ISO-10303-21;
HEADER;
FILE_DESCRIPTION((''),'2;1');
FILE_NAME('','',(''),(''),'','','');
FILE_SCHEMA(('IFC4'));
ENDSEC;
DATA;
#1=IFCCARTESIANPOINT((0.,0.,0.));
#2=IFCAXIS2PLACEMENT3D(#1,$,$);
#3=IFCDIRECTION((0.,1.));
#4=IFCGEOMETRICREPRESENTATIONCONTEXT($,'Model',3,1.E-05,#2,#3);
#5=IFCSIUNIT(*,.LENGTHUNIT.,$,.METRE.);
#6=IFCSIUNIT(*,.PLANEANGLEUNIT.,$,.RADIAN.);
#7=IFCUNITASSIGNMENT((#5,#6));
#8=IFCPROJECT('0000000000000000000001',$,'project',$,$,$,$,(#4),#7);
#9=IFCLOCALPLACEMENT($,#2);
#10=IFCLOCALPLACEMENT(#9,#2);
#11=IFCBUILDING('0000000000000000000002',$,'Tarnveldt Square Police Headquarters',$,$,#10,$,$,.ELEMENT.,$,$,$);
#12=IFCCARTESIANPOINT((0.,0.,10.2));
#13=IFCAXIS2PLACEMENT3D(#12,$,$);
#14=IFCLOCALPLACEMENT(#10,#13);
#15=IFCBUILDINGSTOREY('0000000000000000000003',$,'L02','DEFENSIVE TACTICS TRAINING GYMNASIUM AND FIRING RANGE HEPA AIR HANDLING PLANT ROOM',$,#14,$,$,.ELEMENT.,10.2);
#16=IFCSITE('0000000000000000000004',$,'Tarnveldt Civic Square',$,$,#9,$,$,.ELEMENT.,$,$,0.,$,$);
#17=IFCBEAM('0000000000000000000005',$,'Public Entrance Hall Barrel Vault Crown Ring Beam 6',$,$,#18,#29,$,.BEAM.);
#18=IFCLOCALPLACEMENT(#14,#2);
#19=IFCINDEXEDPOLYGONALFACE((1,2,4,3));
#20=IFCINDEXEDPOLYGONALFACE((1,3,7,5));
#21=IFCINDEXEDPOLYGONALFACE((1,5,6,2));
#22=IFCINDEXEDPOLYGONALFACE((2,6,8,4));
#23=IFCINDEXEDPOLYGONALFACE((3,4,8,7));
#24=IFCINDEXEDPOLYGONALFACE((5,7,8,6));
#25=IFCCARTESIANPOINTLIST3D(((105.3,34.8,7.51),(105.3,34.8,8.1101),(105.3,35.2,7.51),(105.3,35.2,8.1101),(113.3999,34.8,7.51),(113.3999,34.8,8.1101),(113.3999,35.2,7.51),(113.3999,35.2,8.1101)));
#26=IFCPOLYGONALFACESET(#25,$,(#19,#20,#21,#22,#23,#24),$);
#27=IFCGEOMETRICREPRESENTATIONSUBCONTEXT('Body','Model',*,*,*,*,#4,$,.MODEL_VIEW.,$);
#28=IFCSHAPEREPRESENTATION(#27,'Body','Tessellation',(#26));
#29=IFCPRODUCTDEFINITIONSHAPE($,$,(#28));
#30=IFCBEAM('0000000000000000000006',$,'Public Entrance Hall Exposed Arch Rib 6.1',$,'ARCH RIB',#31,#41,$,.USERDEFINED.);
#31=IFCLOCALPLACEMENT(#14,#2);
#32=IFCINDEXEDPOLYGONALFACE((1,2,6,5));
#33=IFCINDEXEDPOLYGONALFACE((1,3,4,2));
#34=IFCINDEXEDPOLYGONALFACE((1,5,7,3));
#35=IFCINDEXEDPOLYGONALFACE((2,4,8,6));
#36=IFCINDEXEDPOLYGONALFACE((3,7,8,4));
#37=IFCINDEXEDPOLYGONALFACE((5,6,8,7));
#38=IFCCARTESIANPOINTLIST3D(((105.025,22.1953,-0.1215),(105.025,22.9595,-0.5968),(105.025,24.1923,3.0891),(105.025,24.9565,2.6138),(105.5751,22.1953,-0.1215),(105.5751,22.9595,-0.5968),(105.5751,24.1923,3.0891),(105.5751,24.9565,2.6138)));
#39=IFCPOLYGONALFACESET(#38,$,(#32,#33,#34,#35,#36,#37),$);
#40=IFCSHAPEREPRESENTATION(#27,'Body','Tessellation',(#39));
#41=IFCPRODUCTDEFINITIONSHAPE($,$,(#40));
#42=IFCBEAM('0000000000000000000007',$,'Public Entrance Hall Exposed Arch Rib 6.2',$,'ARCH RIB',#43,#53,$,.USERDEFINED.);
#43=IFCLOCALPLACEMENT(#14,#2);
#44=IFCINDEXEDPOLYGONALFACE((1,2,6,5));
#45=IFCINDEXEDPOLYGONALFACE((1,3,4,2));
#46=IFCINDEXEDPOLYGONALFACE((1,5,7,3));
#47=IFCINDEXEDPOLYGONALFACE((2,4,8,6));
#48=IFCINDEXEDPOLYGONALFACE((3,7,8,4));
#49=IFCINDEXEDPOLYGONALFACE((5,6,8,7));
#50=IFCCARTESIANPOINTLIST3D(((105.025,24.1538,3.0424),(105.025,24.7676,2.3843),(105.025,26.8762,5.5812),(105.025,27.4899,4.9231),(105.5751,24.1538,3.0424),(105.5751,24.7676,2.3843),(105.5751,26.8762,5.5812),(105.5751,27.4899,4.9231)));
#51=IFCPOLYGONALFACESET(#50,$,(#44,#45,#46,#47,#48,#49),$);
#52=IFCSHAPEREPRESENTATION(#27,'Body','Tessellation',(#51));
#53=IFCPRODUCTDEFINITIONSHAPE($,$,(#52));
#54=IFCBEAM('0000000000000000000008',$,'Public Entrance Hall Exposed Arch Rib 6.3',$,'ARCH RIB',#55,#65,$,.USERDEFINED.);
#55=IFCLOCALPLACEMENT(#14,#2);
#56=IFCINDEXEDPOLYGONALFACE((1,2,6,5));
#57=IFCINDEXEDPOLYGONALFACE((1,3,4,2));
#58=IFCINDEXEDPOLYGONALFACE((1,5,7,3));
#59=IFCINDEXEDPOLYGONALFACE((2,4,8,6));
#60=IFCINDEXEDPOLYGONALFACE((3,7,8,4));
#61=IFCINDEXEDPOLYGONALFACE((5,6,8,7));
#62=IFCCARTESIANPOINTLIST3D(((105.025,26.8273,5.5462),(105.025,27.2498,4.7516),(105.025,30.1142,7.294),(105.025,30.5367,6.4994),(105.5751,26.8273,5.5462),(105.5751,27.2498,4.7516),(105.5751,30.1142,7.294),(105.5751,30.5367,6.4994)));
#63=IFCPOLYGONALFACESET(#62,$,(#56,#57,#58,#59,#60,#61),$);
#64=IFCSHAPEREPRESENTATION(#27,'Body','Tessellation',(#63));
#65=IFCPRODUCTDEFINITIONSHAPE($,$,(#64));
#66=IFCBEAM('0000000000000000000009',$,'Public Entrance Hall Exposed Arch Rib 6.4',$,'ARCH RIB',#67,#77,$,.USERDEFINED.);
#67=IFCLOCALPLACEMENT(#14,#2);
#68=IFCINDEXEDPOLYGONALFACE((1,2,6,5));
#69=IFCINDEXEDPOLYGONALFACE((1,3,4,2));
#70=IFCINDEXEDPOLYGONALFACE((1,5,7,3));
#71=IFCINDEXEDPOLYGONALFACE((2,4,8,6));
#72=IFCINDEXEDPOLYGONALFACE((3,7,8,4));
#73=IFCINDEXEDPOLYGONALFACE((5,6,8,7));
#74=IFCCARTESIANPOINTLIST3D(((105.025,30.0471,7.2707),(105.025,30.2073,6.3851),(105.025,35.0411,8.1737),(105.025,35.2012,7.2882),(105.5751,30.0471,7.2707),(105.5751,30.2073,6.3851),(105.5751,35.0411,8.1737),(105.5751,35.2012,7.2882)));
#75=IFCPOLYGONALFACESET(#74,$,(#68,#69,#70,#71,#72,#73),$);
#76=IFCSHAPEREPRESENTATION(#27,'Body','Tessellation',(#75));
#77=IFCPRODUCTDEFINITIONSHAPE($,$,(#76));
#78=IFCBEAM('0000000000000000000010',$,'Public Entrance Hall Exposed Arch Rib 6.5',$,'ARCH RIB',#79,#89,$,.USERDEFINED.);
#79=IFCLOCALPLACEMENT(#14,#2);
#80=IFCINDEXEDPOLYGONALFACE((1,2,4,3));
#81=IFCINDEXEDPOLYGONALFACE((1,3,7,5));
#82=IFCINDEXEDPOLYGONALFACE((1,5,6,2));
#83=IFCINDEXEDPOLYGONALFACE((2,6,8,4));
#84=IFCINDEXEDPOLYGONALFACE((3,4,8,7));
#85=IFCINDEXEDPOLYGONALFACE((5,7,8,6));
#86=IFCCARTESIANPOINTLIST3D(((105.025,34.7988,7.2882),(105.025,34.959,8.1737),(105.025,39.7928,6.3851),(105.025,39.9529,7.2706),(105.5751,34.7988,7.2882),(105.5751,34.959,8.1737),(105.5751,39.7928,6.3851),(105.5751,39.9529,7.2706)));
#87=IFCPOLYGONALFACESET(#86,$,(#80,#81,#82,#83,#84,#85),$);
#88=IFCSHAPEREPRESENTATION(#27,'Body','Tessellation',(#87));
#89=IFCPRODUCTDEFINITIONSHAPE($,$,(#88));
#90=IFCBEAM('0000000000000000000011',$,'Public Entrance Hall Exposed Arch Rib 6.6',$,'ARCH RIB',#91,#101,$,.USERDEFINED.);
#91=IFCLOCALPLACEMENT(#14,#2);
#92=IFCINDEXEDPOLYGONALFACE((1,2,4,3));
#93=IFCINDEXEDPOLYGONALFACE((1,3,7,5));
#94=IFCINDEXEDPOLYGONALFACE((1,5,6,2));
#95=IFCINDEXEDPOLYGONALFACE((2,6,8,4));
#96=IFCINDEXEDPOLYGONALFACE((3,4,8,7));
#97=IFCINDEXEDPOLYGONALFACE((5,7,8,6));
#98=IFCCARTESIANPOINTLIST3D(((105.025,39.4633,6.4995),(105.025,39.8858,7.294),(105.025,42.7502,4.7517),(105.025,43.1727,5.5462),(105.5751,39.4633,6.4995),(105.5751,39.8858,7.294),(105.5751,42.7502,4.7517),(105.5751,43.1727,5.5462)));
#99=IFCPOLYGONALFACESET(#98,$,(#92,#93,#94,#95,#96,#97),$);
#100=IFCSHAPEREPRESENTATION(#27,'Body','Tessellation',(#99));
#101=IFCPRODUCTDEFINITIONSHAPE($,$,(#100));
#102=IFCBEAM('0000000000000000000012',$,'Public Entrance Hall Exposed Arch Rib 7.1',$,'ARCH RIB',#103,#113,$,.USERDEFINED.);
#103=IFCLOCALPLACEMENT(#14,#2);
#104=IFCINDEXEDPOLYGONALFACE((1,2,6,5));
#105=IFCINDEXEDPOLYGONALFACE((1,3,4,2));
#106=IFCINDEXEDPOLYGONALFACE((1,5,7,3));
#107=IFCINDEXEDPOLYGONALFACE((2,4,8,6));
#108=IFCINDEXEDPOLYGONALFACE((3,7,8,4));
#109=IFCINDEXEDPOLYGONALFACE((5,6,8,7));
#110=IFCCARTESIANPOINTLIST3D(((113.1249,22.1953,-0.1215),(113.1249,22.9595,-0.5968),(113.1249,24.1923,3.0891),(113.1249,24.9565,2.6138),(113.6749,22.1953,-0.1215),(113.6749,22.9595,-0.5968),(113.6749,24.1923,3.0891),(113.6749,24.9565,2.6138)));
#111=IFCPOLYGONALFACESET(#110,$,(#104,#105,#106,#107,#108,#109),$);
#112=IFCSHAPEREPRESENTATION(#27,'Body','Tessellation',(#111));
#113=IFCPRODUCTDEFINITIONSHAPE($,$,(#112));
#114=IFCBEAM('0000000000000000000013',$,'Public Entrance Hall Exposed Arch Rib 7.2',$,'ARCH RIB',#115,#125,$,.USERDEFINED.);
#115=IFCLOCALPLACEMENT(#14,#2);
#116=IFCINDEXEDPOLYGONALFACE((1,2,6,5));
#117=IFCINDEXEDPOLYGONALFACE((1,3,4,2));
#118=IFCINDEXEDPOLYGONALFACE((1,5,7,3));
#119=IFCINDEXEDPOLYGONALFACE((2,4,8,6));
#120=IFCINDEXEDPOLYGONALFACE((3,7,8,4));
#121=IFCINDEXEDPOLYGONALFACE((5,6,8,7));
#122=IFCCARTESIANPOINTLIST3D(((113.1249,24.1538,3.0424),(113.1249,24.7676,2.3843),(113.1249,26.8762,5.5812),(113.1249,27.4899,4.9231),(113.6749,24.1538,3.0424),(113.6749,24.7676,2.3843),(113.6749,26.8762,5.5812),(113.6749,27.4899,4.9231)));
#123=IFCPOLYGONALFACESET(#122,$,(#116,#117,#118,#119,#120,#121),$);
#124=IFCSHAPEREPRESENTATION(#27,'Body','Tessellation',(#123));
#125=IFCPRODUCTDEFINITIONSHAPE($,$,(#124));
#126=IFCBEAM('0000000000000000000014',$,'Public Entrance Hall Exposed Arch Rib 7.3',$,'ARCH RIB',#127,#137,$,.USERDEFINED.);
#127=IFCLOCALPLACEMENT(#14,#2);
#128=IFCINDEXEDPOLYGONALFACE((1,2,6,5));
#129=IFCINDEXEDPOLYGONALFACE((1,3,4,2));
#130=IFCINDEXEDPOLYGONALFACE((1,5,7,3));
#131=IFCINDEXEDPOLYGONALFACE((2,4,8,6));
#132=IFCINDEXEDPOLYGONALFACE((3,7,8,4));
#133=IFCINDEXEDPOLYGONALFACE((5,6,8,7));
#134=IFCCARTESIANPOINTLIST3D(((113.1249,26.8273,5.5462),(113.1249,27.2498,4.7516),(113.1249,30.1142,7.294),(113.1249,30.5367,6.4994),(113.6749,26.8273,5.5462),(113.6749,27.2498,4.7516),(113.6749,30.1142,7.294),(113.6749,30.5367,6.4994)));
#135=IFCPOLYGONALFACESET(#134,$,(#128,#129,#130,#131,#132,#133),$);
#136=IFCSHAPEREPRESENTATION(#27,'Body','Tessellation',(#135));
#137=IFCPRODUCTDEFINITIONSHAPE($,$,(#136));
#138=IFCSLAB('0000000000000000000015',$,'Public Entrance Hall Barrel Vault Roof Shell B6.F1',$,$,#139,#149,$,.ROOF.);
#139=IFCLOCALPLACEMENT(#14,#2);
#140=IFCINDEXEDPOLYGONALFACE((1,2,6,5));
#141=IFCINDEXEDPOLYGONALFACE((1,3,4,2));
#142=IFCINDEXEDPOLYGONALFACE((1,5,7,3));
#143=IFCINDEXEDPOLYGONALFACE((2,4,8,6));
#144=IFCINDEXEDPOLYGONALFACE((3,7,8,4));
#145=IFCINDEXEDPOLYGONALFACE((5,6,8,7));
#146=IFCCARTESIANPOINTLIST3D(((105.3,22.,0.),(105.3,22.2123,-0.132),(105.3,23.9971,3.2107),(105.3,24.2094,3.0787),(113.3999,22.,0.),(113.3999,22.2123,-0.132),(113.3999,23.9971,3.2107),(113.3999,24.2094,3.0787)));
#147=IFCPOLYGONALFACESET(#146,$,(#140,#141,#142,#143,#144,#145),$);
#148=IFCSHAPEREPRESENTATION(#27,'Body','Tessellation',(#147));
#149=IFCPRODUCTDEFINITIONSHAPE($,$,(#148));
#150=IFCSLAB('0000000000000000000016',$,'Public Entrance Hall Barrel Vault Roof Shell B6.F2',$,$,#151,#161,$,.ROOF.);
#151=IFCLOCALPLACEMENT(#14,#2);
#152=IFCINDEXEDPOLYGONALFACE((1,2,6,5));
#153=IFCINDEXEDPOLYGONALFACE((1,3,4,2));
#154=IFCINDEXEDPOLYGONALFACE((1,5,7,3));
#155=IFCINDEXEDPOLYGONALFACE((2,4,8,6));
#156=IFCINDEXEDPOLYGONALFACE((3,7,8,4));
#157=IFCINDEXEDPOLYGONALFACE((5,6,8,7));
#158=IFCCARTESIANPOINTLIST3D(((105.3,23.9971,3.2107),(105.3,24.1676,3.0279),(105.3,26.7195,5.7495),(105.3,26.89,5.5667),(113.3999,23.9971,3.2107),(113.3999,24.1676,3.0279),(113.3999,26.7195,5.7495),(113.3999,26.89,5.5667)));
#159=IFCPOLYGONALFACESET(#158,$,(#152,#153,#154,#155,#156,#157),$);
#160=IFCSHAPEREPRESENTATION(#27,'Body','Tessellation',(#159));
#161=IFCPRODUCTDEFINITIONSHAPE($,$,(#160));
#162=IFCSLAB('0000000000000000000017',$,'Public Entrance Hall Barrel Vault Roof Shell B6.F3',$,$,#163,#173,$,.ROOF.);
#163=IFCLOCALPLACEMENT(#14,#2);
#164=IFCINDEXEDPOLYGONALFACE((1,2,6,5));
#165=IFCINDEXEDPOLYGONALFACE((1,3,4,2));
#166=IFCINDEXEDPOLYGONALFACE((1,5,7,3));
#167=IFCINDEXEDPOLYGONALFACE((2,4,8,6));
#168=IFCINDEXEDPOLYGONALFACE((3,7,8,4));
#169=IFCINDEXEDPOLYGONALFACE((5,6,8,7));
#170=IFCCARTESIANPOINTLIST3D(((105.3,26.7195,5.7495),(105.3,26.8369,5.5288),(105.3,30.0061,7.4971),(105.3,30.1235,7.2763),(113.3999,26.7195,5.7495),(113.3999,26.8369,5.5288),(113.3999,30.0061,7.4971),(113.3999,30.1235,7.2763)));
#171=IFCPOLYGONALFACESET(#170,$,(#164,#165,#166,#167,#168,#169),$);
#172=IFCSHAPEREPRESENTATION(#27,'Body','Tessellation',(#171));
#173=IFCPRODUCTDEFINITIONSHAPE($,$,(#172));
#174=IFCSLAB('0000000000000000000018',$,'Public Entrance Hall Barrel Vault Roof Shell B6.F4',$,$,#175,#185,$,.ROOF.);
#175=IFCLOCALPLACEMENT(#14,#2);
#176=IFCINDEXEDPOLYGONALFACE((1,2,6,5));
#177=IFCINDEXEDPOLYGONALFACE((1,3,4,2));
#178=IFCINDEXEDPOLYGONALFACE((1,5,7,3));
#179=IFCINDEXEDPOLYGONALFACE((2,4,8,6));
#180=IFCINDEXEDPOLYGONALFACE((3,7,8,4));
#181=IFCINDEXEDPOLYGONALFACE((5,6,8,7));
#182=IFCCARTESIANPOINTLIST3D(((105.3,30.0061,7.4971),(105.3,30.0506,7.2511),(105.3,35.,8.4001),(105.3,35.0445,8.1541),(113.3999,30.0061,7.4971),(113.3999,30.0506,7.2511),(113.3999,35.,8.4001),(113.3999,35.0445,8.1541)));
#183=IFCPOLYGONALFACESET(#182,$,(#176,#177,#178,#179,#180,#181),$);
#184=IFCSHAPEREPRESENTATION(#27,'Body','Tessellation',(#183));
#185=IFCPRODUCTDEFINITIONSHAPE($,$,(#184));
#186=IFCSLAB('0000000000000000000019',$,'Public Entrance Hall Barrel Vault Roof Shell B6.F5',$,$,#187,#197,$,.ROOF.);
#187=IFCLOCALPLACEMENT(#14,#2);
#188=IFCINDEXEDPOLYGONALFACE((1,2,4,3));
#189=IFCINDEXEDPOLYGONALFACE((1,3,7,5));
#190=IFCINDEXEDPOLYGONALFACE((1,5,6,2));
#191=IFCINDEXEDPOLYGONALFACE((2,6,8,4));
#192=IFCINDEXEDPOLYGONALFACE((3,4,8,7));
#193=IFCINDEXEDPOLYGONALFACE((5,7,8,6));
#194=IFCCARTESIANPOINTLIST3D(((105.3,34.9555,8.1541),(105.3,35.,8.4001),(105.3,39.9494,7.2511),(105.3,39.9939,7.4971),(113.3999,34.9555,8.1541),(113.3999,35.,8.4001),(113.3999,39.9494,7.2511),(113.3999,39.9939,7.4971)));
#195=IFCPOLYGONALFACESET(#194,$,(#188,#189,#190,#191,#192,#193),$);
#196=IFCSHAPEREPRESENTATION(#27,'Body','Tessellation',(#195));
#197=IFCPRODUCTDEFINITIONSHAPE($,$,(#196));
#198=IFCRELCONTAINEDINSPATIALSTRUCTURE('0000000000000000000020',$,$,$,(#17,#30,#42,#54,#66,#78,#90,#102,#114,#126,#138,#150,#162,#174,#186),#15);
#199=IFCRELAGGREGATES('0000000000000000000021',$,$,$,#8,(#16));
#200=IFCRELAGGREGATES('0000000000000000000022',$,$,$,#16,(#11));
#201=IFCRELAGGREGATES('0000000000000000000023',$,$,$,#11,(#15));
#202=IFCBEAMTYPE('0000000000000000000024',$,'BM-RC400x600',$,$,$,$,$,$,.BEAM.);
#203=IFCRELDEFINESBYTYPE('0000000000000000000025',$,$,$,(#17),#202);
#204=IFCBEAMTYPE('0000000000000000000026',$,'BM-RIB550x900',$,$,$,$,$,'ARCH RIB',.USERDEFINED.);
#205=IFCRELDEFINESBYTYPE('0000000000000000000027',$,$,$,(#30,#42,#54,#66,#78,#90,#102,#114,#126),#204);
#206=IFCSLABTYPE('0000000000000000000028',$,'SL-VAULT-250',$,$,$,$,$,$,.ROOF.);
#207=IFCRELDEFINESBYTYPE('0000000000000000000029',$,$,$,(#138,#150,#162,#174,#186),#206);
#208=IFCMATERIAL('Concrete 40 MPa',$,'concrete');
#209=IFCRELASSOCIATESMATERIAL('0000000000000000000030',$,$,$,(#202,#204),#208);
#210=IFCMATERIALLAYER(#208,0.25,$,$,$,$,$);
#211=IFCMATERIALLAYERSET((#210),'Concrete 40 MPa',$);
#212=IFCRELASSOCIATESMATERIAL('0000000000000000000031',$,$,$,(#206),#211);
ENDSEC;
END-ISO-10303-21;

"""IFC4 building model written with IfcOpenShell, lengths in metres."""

from ifc_helpers import new_model, si_unit, direction, frame, origin, origin_2d, place, context, subcontext, project, spatial, polyline, rectangle, outline, extrude, material, layer, layer_set, material_profile, profile_set, type_object, element, save


model = new_model("IFC4")

# Units and contexts
model_context = context("Model", 3, precision=1e-05, world=origin(), true_north=direction((0.0, 1.0)))
body_context = subcontext(model_context, "Body", "Model", "MODEL_VIEW")
ifc_project = project(units=[si_unit("LENGTHUNIT", "METRE"), si_unit("PLANEANGLEUNIT", "RADIAN")], contexts=[model_context])

# Site, building, storey
site_placement = place(None, origin())
site = spatial("IfcSite", under=ifc_project, at=site_placement, Name="Tarnveldt Civic Square", CompositionType="ELEMENT", RefElevation=0.0)
building_placement = place(site_placement, origin())
building = spatial("IfcBuilding", under=site, at=building_placement, Name="Tarnveldt Square Police Headquarters", CompositionType="ELEMENT")
storey_placement = place(building_placement, frame((0.0, 0.0, 10.2)))
storey = spatial("IfcBuildingStorey", under=building, at=storey_placement, Name="L02", Description="DEFENSIVE TACTICS TRAINING GYMNASIUM AND FIRING RANGE HEPA AIR HANDLING PLANT ROOM", CompositionType="ELEMENT", Elevation=10.2)

# Beams
ifc_material = material(Name="Concrete 40 MPa", Category="concrete")
ifc_material_profile_1 = material_profile(ifc_material, rectangle(XDim=0.3999, YDim=0.6001, at=origin_2d()), Name="RC-B400x600")
ifc_profile_set_1 = profile_set([ifc_material_profile_1], Name="Concrete 40 MPa")
beam_type_1 = type_object("IfcBeamType", Name="BM-RC400x600", PredefinedType="BEAM", material=ifc_profile_set_1)
beam_1_placement = place(storey_placement, frame((105.3, 35.0, 7.8101), z_axis=(1.0, 0.0, 0.0), x_axis=(0.0, 1.0, 0.0)))
element("IfcBeam", 1, at=beam_1_placement, inside=storey, type_object=beam_type_1, Name="Public Entrance Hall Barrel Vault Crown Ring Beam 6", PredefinedType="BEAM", context=body_context, shape_type="SweptSolid", body=[
    extrude(rectangle(XDim=0.3999, YDim=0.6001, at=origin_2d()), origin(), (0.0, 0.0, 1.0), 8.0999),
])
ifc_material_profile_2 = material_profile(ifc_material, rectangle(XDim=0.55, YDim=0.8999, at=origin_2d()), Name="RC-RIB550x900")
ifc_profile_set_2 = profile_set([ifc_material_profile_2], Name="Concrete 40 MPa")
beam_type_2 = type_object("IfcBeamType", Name="BM-RIB550x900", ElementType="ARCH RIB", PredefinedType="USERDEFINED", material=ifc_profile_set_2)
beam_2_placement = place(storey_placement, frame((105.3, 22.5774, -0.3591), z_axis=(0.0, 0.528169, 0.849139), x_axis=(-1.0, 0.0, 0.0)))
element("IfcBeam", 2, at=beam_2_placement, inside=storey, type_object=beam_type_2, Name="Public Entrance Hall Exposed Arch Rib 6.1", ObjectType="ARCH RIB", PredefinedType="USERDEFINED", context=body_context, shape_type="SweptSolid", body=[
    extrude(rectangle(XDim=0.55, YDim=0.8999, at=origin_2d()), origin(), (0.0, 0.0, 1.0), 3.781),
])
beam_3_placement = place(storey_placement, frame((105.3, 24.4607, 2.7134), z_axis=(0.0, 0.731337, 0.682017), x_axis=(-1.0, 0.0, 0.0)))
element("IfcBeam", 3, at=beam_3_placement, inside=storey, type_object=beam_type_2, Name="Public Entrance Hall Exposed Arch Rib 6.2", ObjectType="ARCH RIB", PredefinedType="USERDEFINED", context=body_context, shape_type="SweptSolid", body=[
    extrude(rectangle(XDim=0.55, YDim=0.8999, at=origin_2d()), origin(), (0.0, 0.0, 1.0), 3.7224),
])
beam_4_placement = place(storey_placement, frame((105.3, 27.0386, 5.1489), z_axis=(0.0, 0.882931, 0.469502), x_axis=(-1.0, 0.0, 0.0)))
element("IfcBeam", 4, at=beam_4_placement, inside=storey, type_object=beam_type_2, Name="Public Entrance Hall Exposed Arch Rib 6.3", ObjectType="ARCH RIB", PredefinedType="USERDEFINED", context=body_context, shape_type="SweptSolid", body=[
    extrude(rectangle(XDim=0.55, YDim=0.8999, at=origin_2d()), origin(), (0.0, 0.0, 1.0), 3.7227),
])
for number, where, z_axis, x_axis, name in (
    (5, (105.3, 30.1272, 6.8279), (0.0, 0.98404, 0.17795), (-1.0, 0.0, 0.0), "Public Entrance Hall Exposed Arch Rib 6.4"),
    (6, (105.3, 34.8789, 7.731), (0.0, 0.98404, -0.17795), (-1.0, 0.0, 0.0), "Public Entrance Hall Exposed Arch Rib 6.5"),
):
    element("IfcBeam", number, at=place(storey_placement, frame(where, z_axis=z_axis, x_axis=x_axis)), inside=storey, type_object=beam_type_2, Name=name, ObjectType="ARCH RIB", PredefinedType="USERDEFINED", context=body_context, shape_type="SweptSolid", body=[
        extrude(rectangle(XDim=0.55, YDim=0.8999, at=origin_2d()), origin(), (0.0, 0.0, 1.0), 5.075),
    ])
beam_5_placement = place(storey_placement, frame((105.3, 39.6746, 6.8967), z_axis=(0.0, 0.882931, -0.469502), x_axis=(-1.0, 0.0, 0.0)))
element("IfcBeam", 7, at=beam_5_placement, inside=storey, type_object=beam_type_2, Name="Public Entrance Hall Exposed Arch Rib 6.6", ObjectType="ARCH RIB", PredefinedType="USERDEFINED", context=body_context, shape_type="SweptSolid", body=[
    extrude(rectangle(XDim=0.55, YDim=0.8999, at=origin_2d()), origin(), (0.0, 0.0, 1.0), 3.7227),
])
beam_6_placement = place(storey_placement, frame((113.3999, 22.5774, -0.3591), z_axis=(0.0, 0.528169, 0.849139), x_axis=(-1.0, 0.0, 0.0)))
element("IfcBeam", 8, at=beam_6_placement, inside=storey, type_object=beam_type_2, Name="Public Entrance Hall Exposed Arch Rib 7.1", ObjectType="ARCH RIB", PredefinedType="USERDEFINED", context=body_context, shape_type="SweptSolid", body=[
    extrude(rectangle(XDim=0.55, YDim=0.8999, at=origin_2d()), origin(), (0.0, 0.0, 1.0), 3.781),
])
beam_7_placement = place(storey_placement, frame((113.3999, 24.4607, 2.7134), z_axis=(0.0, 0.731337, 0.682017), x_axis=(-1.0, 0.0, 0.0)))
element("IfcBeam", 9, at=beam_7_placement, inside=storey, type_object=beam_type_2, Name="Public Entrance Hall Exposed Arch Rib 7.2", ObjectType="ARCH RIB", PredefinedType="USERDEFINED", context=body_context, shape_type="SweptSolid", body=[
    extrude(rectangle(XDim=0.55, YDim=0.8999, at=origin_2d()), origin(), (0.0, 0.0, 1.0), 3.7224),
])
beam_8_placement = place(storey_placement, frame((113.3999, 27.0386, 5.1489), z_axis=(0.0, 0.882931, 0.469502), x_axis=(-1.0, 0.0, 0.0)))
element("IfcBeam", 10, at=beam_8_placement, inside=storey, type_object=beam_type_2, Name="Public Entrance Hall Exposed Arch Rib 7.3", ObjectType="ARCH RIB", PredefinedType="USERDEFINED", context=body_context, shape_type="SweptSolid", body=[
    extrude(rectangle(XDim=0.55, YDim=0.8999, at=origin_2d()), origin(), (0.0, 0.0, 1.0), 3.7227),
])

# Slabs
ifc_layer = layer(ifc_material, 0.25)
ifc_layer_set = layer_set([ifc_layer], Name="Concrete 40 MPa")
slab_type = type_object("IfcSlabType", Name="SL-VAULT-250", PredefinedType="ROOF", material=ifc_layer_set)
slab_1_placement = place(storey_placement, frame((105.3, 22.0, 0.0), z_axis=(0.0, -0.849139, 0.528169), x_axis=(1.0, 0.0, 0.0)))
element("IfcSlab", 11, at=slab_1_placement, inside=storey, type_object=slab_type, Name="Public Entrance Hall Barrel Vault Roof Shell B6.F1", PredefinedType="ROOF", context=body_context, shape_type="SweptSolid", body=[
    extrude(outline(polyline([(0.0, 0.0), (8.0999, 0.0), (8.0999, 3.7811), (0.0, 3.7811), (0.0, 0.0)])), origin(), (0.0, 0.0, -1.0), 0.25),
])
slab_2_placement = place(storey_placement, frame((105.3, 23.9971, 3.2107), z_axis=(0.0, -0.682017, 0.731337), x_axis=(1.0, 0.0, 0.0)))
element("IfcSlab", 12, at=slab_2_placement, inside=storey, type_object=slab_type, Name="Public Entrance Hall Barrel Vault Roof Shell B6.F2", PredefinedType="ROOF", context=body_context, shape_type="SweptSolid", body=[
    extrude(outline(polyline([(0.0, 0.0), (8.0999, 0.0), (8.0999, 3.7225), (0.0, 3.7225), (0.0, 0.0)])), origin(), (0.0, 0.0, -1.0), 0.25),
])
slab_3_placement = place(storey_placement, frame((105.3, 26.7195, 5.7495), z_axis=(0.0, -0.469478, 0.882944), x_axis=(1.0, 0.0, 0.0)))
element("IfcSlab", 13, at=slab_3_placement, inside=storey, type_object=slab_type, Name="Public Entrance Hall Barrel Vault Roof Shell B6.F3", PredefinedType="ROOF", context=body_context, shape_type="SweptSolid", body=[
    extrude(outline(polyline([(0.0, 0.0), (8.0999, 0.0), (8.0999, 3.7223), (0.0, 3.7223), (0.0, 0.0)])), origin(), (0.0, 0.0, -1.0), 0.25),
])
for number, where, z_axis, x_axis, name in (
    (14, (105.3, 30.0061, 7.4971), (0.0, -0.17795, 0.98404), (1.0, 0.0, 0.0), "Public Entrance Hall Barrel Vault Roof Shell B6.F4"),
    (15, (105.3, 35.0, 8.4001), (0.0, 0.17795, 0.98404), (1.0, 0.0, 0.0), "Public Entrance Hall Barrel Vault Roof Shell B6.F5"),
):
    element("IfcSlab", number, at=place(storey_placement, frame(where, z_axis=z_axis, x_axis=x_axis)), inside=storey, type_object=slab_type, Name=name, PredefinedType="ROOF", context=body_context, shape_type="SweptSolid", body=[
        extrude(outline(polyline([(0.0, 0.0), (8.0999, 0.0), (8.0999, 5.0749), (0.0, 5.0749), (0.0, 0.0)])), origin(), (0.0, 0.0, -1.0), 0.25),
    ])

save(model, "model.ifc")
